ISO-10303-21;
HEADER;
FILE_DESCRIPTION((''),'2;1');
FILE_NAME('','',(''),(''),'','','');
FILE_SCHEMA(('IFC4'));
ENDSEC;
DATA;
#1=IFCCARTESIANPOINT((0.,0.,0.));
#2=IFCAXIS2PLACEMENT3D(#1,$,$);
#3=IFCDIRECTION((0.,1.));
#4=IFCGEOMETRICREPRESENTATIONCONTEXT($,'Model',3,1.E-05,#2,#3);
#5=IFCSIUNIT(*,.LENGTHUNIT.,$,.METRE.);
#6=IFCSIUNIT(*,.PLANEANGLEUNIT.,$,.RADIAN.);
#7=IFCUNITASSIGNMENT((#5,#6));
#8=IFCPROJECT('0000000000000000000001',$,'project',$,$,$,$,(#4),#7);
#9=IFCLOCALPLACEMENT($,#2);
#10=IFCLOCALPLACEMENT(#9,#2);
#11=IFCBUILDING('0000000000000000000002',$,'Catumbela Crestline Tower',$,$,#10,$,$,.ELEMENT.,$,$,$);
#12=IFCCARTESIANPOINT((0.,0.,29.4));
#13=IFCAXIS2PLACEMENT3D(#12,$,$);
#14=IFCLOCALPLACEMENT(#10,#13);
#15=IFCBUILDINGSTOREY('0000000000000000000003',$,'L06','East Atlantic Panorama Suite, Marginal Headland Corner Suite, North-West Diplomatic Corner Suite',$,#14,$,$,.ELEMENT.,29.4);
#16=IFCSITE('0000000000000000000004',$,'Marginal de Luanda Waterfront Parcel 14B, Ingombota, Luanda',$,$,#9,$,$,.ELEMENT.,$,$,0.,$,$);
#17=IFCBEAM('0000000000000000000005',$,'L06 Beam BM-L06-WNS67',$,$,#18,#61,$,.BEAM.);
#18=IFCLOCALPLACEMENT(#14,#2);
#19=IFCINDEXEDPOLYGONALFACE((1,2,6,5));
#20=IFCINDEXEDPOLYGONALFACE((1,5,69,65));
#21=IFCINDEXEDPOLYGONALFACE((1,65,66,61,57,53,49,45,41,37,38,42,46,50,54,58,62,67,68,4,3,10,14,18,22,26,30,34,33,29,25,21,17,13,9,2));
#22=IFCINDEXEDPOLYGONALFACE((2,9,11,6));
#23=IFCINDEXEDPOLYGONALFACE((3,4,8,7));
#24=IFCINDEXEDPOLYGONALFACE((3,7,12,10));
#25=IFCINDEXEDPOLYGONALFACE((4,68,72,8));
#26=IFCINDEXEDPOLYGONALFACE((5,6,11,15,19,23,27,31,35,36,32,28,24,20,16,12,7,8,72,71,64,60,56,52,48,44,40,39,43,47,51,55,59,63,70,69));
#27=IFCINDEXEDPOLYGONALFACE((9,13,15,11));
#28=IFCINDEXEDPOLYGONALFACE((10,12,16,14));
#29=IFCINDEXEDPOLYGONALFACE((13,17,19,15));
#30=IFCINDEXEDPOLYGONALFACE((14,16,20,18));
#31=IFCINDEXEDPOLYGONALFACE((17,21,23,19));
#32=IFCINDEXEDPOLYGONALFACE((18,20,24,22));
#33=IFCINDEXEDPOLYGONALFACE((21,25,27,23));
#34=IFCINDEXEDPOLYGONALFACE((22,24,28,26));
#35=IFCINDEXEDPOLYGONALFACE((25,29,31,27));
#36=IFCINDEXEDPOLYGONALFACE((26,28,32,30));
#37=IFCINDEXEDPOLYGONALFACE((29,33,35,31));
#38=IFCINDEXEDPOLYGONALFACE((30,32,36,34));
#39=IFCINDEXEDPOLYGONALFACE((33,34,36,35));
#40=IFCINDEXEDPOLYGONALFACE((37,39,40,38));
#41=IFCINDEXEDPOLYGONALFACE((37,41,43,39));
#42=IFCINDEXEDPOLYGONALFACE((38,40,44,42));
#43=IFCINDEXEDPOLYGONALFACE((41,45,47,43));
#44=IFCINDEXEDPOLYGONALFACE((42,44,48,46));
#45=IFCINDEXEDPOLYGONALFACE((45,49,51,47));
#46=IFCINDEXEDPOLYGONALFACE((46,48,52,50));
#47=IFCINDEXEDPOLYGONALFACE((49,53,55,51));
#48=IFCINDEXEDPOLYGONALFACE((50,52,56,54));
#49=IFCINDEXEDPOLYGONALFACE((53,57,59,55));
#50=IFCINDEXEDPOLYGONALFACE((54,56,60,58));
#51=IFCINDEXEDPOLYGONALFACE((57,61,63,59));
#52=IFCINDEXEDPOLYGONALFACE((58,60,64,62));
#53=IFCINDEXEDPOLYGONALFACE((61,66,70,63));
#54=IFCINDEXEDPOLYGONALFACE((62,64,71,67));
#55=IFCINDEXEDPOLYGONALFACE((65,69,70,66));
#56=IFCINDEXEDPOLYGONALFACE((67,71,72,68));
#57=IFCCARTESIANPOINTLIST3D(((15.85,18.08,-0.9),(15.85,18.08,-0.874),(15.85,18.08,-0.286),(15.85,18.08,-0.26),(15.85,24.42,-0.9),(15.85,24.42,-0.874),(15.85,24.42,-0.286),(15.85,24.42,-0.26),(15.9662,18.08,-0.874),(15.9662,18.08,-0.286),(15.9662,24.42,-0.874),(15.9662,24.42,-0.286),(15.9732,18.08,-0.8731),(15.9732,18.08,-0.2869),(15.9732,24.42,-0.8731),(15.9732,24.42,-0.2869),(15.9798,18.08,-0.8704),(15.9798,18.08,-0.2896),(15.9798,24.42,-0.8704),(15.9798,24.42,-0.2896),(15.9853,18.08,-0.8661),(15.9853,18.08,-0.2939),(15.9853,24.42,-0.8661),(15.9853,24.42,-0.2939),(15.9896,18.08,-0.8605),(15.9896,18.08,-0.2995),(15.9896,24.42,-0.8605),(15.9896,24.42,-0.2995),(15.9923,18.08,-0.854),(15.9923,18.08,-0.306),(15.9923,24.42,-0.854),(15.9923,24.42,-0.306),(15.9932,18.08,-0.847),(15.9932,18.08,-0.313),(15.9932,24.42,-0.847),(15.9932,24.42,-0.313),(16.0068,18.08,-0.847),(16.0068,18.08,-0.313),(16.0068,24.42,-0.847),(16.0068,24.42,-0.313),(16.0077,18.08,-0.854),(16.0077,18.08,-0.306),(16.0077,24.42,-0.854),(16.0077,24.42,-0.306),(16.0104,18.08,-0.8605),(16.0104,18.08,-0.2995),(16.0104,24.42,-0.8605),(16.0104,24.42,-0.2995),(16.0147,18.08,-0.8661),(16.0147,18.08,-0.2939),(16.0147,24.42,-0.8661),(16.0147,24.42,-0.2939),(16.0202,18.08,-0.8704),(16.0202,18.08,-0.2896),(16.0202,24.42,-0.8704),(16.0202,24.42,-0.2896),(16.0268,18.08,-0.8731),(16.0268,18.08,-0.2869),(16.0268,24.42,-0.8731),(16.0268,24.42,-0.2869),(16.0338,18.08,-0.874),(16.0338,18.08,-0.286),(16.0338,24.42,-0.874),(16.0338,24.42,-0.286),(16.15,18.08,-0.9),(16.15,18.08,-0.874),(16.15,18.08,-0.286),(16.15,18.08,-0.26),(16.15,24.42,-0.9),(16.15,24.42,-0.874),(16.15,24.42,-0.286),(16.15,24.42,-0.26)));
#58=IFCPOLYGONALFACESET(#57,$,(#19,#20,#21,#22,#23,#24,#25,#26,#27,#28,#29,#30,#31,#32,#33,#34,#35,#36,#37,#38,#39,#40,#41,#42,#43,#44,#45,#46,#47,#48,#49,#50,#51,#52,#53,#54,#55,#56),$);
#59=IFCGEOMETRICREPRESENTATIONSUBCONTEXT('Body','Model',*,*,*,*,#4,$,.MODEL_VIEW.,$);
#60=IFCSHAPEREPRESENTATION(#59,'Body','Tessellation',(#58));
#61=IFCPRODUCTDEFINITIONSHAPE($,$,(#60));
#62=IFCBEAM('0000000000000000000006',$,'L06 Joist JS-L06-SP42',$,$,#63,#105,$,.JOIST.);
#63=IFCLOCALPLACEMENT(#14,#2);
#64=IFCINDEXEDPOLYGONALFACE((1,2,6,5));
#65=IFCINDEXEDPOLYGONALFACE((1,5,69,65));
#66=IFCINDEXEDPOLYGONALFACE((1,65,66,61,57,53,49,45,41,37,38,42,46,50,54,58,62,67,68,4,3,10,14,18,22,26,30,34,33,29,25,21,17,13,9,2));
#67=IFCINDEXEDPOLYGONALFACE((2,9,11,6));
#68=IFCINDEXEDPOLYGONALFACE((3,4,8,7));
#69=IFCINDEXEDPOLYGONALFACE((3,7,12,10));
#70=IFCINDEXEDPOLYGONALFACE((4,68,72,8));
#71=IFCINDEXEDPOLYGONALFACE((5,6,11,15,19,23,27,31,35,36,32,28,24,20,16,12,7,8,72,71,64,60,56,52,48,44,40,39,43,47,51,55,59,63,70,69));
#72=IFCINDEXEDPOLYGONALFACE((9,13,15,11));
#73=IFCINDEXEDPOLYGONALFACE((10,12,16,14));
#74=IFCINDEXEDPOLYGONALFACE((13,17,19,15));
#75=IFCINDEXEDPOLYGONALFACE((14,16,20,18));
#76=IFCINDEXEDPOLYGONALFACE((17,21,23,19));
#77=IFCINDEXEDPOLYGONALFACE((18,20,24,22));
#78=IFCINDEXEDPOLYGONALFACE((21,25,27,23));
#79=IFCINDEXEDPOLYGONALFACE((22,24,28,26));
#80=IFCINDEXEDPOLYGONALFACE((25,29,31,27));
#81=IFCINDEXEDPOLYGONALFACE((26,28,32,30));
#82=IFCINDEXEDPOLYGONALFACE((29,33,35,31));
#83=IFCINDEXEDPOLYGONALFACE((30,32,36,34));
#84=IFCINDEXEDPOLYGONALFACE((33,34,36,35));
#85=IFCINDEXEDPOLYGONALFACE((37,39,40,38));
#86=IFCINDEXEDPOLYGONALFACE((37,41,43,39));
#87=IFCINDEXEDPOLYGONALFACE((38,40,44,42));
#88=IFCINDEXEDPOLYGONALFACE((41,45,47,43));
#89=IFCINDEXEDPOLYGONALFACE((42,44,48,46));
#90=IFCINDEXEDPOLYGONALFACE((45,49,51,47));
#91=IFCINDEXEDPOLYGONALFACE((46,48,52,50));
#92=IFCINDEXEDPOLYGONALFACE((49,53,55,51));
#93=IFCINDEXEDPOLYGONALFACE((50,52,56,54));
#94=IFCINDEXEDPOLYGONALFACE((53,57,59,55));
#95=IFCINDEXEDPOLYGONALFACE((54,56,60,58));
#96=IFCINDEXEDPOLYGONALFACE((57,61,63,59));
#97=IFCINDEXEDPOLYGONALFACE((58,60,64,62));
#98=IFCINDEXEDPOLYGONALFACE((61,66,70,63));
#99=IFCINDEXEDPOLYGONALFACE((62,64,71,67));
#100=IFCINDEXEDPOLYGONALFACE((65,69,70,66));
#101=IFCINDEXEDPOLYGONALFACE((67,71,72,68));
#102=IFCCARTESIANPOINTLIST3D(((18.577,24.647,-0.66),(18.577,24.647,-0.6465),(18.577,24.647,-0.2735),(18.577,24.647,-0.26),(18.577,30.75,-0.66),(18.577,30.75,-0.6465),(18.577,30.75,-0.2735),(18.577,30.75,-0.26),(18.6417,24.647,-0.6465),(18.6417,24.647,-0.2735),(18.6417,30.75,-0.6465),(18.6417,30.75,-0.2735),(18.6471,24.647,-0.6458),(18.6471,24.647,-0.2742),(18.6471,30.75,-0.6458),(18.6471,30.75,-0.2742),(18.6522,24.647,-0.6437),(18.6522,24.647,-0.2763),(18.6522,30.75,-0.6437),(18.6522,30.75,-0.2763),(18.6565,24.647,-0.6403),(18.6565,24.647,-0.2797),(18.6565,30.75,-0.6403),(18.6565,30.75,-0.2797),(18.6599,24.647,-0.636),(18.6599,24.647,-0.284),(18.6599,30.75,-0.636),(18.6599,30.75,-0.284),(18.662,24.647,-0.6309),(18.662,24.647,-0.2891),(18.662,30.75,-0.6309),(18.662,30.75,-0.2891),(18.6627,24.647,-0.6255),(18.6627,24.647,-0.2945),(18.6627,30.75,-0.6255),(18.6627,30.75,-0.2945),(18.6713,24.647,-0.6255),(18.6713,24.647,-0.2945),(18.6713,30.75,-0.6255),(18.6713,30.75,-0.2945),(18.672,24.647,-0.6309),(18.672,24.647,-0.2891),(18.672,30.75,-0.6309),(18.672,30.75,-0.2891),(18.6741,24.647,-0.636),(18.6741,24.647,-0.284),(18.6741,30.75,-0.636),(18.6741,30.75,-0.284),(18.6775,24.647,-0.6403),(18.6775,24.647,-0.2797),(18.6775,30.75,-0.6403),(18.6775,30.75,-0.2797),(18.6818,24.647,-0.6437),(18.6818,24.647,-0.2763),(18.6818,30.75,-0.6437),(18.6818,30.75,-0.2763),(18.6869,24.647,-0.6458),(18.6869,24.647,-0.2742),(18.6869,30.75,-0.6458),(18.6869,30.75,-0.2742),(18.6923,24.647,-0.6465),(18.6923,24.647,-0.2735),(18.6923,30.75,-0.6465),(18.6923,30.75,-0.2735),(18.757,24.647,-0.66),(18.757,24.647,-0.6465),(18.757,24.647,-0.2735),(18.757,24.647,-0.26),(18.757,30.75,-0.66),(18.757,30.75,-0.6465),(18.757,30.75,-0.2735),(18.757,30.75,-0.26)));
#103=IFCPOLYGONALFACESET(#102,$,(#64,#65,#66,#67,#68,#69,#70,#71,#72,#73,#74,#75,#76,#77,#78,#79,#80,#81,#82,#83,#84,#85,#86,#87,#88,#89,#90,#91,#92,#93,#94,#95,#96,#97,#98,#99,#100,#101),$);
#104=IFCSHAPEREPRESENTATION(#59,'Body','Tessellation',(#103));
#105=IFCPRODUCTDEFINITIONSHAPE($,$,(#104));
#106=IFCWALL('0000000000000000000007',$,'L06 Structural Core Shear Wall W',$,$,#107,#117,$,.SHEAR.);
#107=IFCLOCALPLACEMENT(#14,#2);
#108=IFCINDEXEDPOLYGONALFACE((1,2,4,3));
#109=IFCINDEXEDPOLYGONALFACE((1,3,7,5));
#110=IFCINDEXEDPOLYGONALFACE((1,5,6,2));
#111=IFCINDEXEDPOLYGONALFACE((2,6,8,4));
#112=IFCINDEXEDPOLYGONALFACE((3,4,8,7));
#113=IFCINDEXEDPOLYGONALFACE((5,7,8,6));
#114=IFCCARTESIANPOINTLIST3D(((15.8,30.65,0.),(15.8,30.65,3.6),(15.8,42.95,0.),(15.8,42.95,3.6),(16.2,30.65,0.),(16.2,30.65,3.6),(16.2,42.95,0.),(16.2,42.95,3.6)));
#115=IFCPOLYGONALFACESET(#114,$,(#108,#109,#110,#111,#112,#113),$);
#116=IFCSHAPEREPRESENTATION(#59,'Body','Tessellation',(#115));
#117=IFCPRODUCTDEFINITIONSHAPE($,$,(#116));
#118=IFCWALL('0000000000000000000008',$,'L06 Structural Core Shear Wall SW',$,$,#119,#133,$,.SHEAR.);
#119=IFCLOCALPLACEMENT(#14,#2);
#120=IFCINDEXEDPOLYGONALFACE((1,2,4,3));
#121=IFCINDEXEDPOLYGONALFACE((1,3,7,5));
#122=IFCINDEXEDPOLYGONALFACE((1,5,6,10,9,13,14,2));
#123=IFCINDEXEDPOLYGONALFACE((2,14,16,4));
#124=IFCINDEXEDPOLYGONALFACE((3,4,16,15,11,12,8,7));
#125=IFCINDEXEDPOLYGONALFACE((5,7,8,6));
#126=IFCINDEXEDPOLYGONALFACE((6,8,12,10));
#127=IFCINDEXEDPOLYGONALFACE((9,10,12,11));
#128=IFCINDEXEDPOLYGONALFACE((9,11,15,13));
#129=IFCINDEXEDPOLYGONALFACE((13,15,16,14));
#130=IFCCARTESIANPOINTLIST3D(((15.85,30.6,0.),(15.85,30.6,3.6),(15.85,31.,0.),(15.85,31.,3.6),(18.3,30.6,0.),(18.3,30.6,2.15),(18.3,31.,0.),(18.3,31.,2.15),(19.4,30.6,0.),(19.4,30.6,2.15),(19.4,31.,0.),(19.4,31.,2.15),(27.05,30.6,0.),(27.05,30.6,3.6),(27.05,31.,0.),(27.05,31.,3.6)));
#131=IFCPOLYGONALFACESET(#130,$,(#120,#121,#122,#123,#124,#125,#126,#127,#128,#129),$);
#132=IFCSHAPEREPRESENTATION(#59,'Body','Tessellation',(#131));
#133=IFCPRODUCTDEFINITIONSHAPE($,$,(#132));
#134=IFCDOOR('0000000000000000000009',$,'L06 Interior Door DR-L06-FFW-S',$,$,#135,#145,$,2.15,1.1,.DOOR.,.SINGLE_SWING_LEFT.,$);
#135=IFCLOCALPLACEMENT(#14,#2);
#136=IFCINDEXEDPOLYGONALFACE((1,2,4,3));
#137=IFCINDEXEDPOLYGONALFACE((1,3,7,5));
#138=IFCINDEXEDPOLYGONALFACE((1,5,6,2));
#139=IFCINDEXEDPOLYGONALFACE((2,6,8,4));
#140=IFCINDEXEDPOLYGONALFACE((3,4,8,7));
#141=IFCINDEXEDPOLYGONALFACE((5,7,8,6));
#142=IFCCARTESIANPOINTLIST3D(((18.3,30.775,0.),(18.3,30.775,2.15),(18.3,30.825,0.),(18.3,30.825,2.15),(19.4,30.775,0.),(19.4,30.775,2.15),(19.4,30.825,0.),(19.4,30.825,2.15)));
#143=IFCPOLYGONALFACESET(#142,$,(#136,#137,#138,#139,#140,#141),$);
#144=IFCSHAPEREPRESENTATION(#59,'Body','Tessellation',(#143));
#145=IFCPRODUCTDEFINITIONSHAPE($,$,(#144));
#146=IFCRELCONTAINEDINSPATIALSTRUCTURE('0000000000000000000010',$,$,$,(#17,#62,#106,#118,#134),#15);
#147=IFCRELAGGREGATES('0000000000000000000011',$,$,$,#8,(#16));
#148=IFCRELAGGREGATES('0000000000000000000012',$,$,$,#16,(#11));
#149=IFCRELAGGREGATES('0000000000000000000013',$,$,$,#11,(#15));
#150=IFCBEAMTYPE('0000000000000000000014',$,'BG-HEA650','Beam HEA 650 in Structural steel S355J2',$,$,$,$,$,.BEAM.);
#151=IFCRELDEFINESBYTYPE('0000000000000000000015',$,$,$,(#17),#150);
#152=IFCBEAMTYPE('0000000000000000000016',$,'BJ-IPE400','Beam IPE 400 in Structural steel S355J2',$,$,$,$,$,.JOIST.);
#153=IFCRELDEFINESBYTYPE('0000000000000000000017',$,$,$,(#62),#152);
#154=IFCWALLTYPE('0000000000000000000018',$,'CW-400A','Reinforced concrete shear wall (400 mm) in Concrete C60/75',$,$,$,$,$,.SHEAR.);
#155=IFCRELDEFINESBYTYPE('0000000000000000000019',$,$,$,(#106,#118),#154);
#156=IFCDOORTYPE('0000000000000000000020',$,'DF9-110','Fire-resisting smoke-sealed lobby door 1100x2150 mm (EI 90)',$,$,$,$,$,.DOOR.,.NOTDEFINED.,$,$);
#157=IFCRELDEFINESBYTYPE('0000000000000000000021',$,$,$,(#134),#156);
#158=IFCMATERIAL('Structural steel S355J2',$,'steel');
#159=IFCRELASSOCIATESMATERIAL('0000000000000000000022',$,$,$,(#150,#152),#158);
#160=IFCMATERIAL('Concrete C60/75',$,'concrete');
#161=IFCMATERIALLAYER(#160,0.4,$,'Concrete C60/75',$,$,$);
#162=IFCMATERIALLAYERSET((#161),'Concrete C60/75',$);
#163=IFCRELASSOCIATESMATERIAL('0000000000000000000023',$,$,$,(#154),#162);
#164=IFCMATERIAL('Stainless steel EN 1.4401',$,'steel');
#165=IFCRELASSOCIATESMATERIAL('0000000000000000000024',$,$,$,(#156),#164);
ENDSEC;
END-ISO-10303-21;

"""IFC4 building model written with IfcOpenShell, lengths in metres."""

from ifc_helpers import new_model, si_unit, direction, frame, frame_2d, origin, origin_2d, place, context, subcontext, project, spatial, rectangle, i_section, extrude, material, layer, layer_set, material_profile, profile_set, type_object, element, fill, save


model = new_model("IFC4")

# Units and contexts
model_context = context("Model", 3, precision=1e-05, world=origin(), true_north=direction((0.0, 1.0)))
body_context = subcontext(model_context, "Body", "Model", "MODEL_VIEW")
ifc_project = project(units=[si_unit("LENGTHUNIT", "METRE"), si_unit("PLANEANGLEUNIT", "RADIAN")], contexts=[model_context])

# Site, building, storey
site_placement = place(None, origin())
site = spatial("IfcSite", under=ifc_project, at=site_placement, Name="Marginal de Luanda Waterfront Parcel 14B, Ingombota, Luanda", CompositionType="ELEMENT", RefElevation=0.0)
building_placement = place(site_placement, origin())
building = spatial("IfcBuilding", under=site, at=building_placement, Name="Catumbela Crestline Tower", CompositionType="ELEMENT")
storey_placement = place(building_placement, frame((0.0, 0.0, 29.4)))
storey = spatial("IfcBuildingStorey", under=building, at=storey_placement, Name="L06", Description="East Atlantic Panorama Suite, Marginal Headland Corner Suite, North-West Diplomatic Corner Suite", CompositionType="ELEMENT", Elevation=29.4)

# Shared definitions
ifc_material_1 = material(Name="Concrete C60/75", Category="concrete")

# Beams
ifc_material_2 = material(Name="Structural steel S355J2", Category="steel")
ifc_material_profile_1 = material_profile(ifc_material_2, i_section(OverallWidth=0.3, OverallDepth=0.64, WebThickness=0.0135, FlangeThickness=0.026, FilletRadius=0.027, at=origin_2d()), Name="HEA 650")
ifc_profile_set_1 = profile_set([ifc_material_profile_1], Name="Structural steel S355J2")
beam_type_1 = type_object("IfcBeamType", Name="BG-HEA650", Description="Beam HEA 650 in Structural steel S355J2", PredefinedType="BEAM", material=ifc_profile_set_1)
beam_1_placement = place(storey_placement, frame((16.0, 18.08, -0.58), z_axis=(0.0, 1.0, 0.0), x_axis=(-1.0, 0.0, 0.0)))
element("IfcBeam", 1, at=beam_1_placement, inside=storey, type_object=beam_type_1, Name="L06 Beam BM-L06-WNS67", PredefinedType="BEAM", context=body_context, shape_type="SweptSolid", body=[
    extrude(i_section(OverallWidth=0.3, OverallDepth=0.64, WebThickness=0.0135, FlangeThickness=0.026, FilletRadius=0.027, at=origin_2d()), origin(), (0.0, 0.0, 1.0), 6.34),
])
ifc_material_profile_2 = material_profile(ifc_material_2, i_section(OverallWidth=0.18, OverallDepth=0.4, WebThickness=0.0086, FlangeThickness=0.0135, FilletRadius=0.021, at=origin_2d()), Name="IPE 400")
ifc_profile_set_2 = profile_set([ifc_material_profile_2], Name="Structural steel S355J2")
beam_type_2 = type_object("IfcBeamType", Name="BJ-IPE400", Description="Beam IPE 400 in Structural steel S355J2", PredefinedType="JOIST", material=ifc_profile_set_2)
beam_2_placement = place(storey_placement, frame((18.667, 24.647, -0.46), z_axis=(0.0, 1.0, 0.0), x_axis=(-1.0, 0.0, 0.0)))
element("IfcBeam", 2, at=beam_2_placement, inside=storey, type_object=beam_type_2, Name="L06 Joist JS-L06-SP42", PredefinedType="JOIST", context=body_context, shape_type="SweptSolid", body=[
    extrude(i_section(OverallWidth=0.18, OverallDepth=0.4, WebThickness=0.0086, FlangeThickness=0.0135, FilletRadius=0.021, at=origin_2d()), origin(), (0.0, 0.0, 1.0), 6.103),
])

# Wall
ifc_layer_1 = layer(ifc_material_1, 0.4, Name="Concrete C60/75")
ifc_layer_set_1 = layer_set([ifc_layer_1], Name="Concrete C60/75")
wall_type_1 = type_object("IfcWallType", Name="CW-400A", Description="Reinforced concrete shear wall (400 mm) in Concrete C60/75", PredefinedType="SHEAR", material=ifc_layer_set_1)
wall_1_placement = place(storey_placement, frame((16.0, 30.65, 0.0), z_axis=(0.0, 0.0, 1.0), x_axis=(0.0, 1.0, 0.0)))
element("IfcWall", 3, at=wall_1_placement, inside=storey, type_object=wall_type_1, Name="L06 Structural Core Shear Wall W", PredefinedType="SHEAR", context=body_context, shape_type="SweptSolid", body=[
    extrude(rectangle(XDim=12.3, YDim=0.4, at=frame_2d((6.15, 0.0))), origin(), (0.0, 0.0, 1.0), 3.6),
])

# Wall, opening, door
wall_2_placement = place(storey_placement, frame((15.85, 30.8, 0.0), z_axis=(0.0, 0.0, 1.0), x_axis=(1.0, 0.0, 0.0)))
wall_2 = element("IfcWall", 4, at=wall_2_placement, inside=storey, type_object=wall_type_1, Name="L06 Structural Core Shear Wall SW", PredefinedType="SHEAR", context=body_context, shape_type="SweptSolid", body=[
    extrude(rectangle(XDim=11.2, YDim=0.4, at=frame_2d((5.6, 0.0))), origin(), (0.0, 0.0, 1.0), 3.6),
])
opening_1_placement = place(wall_2_placement, frame((2.45, 0.0, 0.0)))
opening_1 = element("IfcOpeningElement", 5, at=opening_1_placement, cuts=wall_2, PredefinedType="OPENING", context=body_context, shape_type="SweptSolid", body=[
    extrude(rectangle(XDim=1.1, YDim=2.15, at=frame_2d((0.55, 1.075))), frame((0.0, 0.21, 0.0), z_axis=(0.0, -1.0, 0.0), x_axis=(1.0, 0.0, 0.0)), (0.0, 0.0, 1.0), 0.42),
])
ifc_material_3 = material(Name="Stainless steel EN 1.4401", Category="steel")
door_type_1 = type_object("IfcDoorType", Name="DF9-110", Description="Fire-resisting smoke-sealed lobby door 1100x2150 mm (EI 90)", OperationType="NOTDEFINED", PredefinedType="DOOR", material=ifc_material_3)
door_1_placement = place(opening_1_placement, origin())
door_1 = element("IfcDoor", 6, at=door_1_placement, inside=storey, type_object=door_type_1, Name="L06 Interior Door DR-L06-FFW-S", OperationType="SINGLE_SWING_LEFT", OverallHeight=2.15, OverallWidth=1.1, PredefinedType="DOOR", context=body_context, shape_type="SweptSolid", body=[
    extrude(rectangle(XDim=1.1, YDim=2.15, at=frame_2d((0.55, 1.075))), frame((0.0, 0.025, 0.0), z_axis=(0.0, -1.0, 0.0), x_axis=(1.0, 0.0, 0.0)), (0.0, 0.0, 1.0), 0.05),
])
fill(opening_1, door_1)

save(model, "model.ifc")
